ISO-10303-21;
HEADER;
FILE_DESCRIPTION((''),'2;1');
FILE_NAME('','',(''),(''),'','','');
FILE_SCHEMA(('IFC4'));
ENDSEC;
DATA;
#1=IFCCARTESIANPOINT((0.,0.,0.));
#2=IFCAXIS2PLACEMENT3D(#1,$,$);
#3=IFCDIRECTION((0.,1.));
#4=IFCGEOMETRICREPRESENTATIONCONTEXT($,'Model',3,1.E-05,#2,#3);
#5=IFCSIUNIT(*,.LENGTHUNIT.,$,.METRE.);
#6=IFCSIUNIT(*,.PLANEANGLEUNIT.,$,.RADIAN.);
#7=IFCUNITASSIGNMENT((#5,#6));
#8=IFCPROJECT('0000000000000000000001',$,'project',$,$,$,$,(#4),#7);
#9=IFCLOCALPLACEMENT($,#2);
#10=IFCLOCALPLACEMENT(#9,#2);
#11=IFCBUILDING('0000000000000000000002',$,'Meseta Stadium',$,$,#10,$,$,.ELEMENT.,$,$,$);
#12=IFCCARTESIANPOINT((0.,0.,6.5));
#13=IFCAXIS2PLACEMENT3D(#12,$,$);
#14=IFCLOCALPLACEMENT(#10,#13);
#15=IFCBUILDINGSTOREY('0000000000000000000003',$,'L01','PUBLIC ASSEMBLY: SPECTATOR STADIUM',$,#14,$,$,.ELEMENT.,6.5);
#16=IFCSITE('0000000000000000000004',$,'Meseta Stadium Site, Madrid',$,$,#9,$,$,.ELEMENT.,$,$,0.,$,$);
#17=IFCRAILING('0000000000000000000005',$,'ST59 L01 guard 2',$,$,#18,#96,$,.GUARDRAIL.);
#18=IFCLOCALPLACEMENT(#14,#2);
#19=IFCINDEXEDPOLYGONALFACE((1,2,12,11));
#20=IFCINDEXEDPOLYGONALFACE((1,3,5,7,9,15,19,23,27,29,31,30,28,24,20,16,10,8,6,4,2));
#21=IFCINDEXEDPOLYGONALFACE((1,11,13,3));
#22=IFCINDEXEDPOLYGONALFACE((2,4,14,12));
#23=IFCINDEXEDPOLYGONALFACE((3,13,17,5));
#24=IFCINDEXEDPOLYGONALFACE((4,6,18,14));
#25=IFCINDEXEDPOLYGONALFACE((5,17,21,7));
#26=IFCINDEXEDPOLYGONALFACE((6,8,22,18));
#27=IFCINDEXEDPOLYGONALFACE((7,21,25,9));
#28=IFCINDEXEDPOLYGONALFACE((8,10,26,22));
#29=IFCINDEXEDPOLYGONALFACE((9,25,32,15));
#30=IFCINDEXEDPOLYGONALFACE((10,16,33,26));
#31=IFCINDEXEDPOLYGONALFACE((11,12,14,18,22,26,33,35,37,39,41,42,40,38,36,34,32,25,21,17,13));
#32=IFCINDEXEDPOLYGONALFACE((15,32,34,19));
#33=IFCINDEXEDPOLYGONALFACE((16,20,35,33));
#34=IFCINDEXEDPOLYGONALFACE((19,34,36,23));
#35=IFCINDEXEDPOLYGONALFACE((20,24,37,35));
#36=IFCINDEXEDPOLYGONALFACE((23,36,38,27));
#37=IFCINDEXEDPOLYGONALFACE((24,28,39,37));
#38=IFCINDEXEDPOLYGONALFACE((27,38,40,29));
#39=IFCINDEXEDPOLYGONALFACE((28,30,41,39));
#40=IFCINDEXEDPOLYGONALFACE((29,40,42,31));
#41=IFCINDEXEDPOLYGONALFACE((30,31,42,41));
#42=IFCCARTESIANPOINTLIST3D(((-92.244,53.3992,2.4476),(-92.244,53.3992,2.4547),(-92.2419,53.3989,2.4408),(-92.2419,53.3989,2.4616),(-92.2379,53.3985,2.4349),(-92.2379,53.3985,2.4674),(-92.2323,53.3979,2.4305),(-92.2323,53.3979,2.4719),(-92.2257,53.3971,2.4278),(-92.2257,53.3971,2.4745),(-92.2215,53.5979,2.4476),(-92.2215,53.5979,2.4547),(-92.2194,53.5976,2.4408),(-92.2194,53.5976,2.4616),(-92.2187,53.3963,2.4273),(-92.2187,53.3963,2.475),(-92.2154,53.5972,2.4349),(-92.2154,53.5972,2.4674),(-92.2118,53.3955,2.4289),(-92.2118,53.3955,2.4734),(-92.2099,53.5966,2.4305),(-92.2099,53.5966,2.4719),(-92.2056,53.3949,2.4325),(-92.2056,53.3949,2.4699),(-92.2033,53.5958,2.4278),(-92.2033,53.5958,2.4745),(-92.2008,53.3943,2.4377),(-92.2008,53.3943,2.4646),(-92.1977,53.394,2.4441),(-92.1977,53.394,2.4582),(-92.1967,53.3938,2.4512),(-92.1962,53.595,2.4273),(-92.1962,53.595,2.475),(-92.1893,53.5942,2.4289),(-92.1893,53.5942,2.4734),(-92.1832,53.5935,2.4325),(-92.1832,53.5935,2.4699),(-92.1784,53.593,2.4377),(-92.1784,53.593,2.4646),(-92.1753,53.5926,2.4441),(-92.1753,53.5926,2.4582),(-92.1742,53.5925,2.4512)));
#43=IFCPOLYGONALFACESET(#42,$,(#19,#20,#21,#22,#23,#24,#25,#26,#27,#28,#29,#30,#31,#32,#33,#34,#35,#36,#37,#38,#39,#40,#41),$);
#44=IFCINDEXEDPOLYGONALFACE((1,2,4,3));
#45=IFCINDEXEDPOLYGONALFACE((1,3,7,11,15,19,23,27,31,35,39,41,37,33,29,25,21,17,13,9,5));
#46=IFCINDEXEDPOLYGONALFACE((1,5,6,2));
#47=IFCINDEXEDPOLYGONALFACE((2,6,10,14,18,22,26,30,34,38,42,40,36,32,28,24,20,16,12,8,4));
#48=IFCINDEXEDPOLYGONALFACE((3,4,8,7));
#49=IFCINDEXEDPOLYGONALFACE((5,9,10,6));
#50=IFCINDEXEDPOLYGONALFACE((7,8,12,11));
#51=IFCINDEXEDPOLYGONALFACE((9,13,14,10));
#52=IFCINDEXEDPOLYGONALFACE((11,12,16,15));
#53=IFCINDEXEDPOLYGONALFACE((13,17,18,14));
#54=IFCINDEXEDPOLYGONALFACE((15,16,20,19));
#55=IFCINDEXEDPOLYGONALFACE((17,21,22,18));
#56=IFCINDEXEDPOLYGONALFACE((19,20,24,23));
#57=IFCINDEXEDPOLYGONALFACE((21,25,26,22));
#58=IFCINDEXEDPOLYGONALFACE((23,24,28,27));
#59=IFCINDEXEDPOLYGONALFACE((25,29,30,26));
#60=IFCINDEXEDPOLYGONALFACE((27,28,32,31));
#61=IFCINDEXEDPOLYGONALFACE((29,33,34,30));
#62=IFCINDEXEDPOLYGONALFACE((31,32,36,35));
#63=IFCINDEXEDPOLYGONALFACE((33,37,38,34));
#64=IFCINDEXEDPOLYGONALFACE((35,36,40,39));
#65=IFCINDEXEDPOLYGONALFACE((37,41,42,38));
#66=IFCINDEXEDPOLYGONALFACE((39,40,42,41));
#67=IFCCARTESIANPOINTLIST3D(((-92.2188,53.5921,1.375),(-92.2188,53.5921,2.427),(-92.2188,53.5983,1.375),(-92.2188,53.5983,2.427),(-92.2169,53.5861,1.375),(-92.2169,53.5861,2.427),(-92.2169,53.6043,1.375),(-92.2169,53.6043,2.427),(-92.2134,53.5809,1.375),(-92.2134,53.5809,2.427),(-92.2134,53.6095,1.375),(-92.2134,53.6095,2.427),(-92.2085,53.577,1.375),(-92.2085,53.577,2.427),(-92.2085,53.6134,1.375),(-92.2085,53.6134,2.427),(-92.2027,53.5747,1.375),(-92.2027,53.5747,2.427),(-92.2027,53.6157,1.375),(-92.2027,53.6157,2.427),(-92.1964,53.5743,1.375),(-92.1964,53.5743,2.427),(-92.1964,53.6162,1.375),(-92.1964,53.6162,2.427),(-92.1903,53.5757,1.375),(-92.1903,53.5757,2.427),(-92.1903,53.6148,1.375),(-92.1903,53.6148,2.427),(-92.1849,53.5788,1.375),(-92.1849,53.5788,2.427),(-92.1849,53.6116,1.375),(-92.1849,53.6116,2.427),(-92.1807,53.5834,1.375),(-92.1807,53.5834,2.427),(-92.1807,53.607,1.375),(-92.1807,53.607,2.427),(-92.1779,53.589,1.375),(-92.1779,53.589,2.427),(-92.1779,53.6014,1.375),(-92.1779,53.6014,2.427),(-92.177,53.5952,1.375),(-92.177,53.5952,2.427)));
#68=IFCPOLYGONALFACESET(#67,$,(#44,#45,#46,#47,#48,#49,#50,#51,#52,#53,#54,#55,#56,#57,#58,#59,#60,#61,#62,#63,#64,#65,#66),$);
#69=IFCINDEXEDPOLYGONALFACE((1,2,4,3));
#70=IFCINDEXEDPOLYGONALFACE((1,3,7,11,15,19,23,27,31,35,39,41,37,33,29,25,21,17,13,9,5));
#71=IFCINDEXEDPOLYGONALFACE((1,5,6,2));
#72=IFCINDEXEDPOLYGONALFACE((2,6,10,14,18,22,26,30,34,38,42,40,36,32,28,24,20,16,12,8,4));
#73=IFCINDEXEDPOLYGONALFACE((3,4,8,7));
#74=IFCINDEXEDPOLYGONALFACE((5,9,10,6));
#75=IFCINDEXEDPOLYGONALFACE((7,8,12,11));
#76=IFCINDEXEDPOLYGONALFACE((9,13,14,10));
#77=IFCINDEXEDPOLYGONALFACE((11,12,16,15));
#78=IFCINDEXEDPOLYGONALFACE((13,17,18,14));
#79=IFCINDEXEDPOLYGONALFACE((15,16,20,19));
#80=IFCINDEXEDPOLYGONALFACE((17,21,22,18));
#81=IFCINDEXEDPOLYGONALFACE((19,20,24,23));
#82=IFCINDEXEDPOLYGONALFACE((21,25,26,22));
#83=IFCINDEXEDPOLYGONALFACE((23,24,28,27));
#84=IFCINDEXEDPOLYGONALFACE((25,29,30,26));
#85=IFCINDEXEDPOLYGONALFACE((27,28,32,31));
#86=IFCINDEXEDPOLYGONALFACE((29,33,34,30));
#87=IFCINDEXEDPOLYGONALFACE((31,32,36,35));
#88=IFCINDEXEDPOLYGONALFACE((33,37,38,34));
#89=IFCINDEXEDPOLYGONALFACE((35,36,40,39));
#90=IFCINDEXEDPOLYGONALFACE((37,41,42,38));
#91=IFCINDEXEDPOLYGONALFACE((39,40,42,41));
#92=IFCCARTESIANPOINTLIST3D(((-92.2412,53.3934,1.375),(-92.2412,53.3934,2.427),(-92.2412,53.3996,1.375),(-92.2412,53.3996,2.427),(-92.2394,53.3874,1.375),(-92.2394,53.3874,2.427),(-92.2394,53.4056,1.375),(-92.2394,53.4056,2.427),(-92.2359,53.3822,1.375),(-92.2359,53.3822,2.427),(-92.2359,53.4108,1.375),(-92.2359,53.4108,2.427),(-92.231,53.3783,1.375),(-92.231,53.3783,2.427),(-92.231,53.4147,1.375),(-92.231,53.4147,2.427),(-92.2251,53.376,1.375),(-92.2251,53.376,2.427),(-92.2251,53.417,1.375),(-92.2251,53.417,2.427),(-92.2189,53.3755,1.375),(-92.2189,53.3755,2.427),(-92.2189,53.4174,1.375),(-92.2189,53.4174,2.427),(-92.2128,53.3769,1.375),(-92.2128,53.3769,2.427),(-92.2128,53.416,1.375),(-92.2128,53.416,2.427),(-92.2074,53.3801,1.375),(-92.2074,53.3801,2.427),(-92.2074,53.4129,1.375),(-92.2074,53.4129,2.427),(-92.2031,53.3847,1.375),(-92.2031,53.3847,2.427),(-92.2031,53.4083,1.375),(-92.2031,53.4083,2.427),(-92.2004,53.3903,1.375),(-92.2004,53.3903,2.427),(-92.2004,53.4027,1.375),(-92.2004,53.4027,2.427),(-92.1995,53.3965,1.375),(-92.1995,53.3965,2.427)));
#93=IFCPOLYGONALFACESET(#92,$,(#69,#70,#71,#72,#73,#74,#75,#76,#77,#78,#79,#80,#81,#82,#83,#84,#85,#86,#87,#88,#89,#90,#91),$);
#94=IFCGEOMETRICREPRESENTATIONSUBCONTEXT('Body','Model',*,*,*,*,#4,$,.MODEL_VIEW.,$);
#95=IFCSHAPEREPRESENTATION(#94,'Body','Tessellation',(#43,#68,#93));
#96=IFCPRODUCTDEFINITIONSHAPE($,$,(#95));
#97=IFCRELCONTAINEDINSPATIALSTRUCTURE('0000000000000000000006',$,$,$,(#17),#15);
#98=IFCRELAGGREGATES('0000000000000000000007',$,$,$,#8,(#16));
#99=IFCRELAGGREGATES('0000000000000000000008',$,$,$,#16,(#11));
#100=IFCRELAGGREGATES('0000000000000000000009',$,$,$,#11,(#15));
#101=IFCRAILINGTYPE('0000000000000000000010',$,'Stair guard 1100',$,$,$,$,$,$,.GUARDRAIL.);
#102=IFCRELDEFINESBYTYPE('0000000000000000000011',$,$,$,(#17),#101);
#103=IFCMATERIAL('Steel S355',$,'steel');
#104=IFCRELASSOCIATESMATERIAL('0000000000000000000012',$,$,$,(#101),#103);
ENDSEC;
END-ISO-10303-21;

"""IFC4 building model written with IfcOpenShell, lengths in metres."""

from ifc_helpers import new_model, si_unit, direction, frame, origin, origin_2d, place, context, subcontext, project, spatial, circle, extrude, material, type_object, element, save


model = new_model("IFC4")

# Units and contexts
model_context = context("Model", 3, precision=1e-05, world=origin(), true_north=direction((0.0, 1.0)))
body_context = subcontext(model_context, "Body", "Model", "MODEL_VIEW")
ifc_project = project(units=[si_unit("LENGTHUNIT", "METRE"), si_unit("PLANEANGLEUNIT", "RADIAN")], contexts=[model_context])

# Site, building, storey
site_placement = place(None, origin())
site = spatial("IfcSite", under=ifc_project, at=site_placement, Name="Meseta Stadium Site, Madrid", CompositionType="ELEMENT", RefElevation=0.0)
building_placement = place(site_placement, origin())
building = spatial("IfcBuilding", under=site, at=building_placement, Name="Meseta Stadium", CompositionType="ELEMENT")
storey_placement = place(building_placement, frame((0.0, 0.0, 6.5)))
storey = spatial("IfcBuildingStorey", under=building, at=storey_placement, Name="L01", Description="PUBLIC ASSEMBLY: SPECTATOR STADIUM", CompositionType="ELEMENT", Elevation=6.5)

# Railing
ifc_material_1 = material(Name="Steel S355", Category="steel")
railing_type_1 = type_object("IfcRailingType", Name="Stair guard 1100", PredefinedType="GUARDRAIL", material=ifc_material_1)
railing_1_placement = place(storey_placement, frame((-92.198, 53.5952, 1.375)))
element("IfcRailing", 1, at=railing_1_placement, inside=storey, type_object=railing_type_1, Name="ST59 L01 guard 2", PredefinedType="GUARDRAIL", context=body_context, shape_type="SweptSolid", body=[
    extrude(circle(Radius=0.0239, at=origin_2d()), frame((0.0, 0.0, 1.0762), z_axis=(-0.112307, -0.993674, 0.0), x_axis=(0.993674, -0.112307, 0.0)), (0.0, 0.0, 1.0), 0.2),
    extrude(circle(Radius=0.021, at=origin_2d()), origin(), (0.0, 0.0, 1.0), 1.052),
    extrude(circle(Radius=0.021, at=origin_2d()), frame((-0.0225, -0.1987, 0.0)), (0.0, 0.0, 1.0), 1.052),
])

save(model, "model.ifc")
